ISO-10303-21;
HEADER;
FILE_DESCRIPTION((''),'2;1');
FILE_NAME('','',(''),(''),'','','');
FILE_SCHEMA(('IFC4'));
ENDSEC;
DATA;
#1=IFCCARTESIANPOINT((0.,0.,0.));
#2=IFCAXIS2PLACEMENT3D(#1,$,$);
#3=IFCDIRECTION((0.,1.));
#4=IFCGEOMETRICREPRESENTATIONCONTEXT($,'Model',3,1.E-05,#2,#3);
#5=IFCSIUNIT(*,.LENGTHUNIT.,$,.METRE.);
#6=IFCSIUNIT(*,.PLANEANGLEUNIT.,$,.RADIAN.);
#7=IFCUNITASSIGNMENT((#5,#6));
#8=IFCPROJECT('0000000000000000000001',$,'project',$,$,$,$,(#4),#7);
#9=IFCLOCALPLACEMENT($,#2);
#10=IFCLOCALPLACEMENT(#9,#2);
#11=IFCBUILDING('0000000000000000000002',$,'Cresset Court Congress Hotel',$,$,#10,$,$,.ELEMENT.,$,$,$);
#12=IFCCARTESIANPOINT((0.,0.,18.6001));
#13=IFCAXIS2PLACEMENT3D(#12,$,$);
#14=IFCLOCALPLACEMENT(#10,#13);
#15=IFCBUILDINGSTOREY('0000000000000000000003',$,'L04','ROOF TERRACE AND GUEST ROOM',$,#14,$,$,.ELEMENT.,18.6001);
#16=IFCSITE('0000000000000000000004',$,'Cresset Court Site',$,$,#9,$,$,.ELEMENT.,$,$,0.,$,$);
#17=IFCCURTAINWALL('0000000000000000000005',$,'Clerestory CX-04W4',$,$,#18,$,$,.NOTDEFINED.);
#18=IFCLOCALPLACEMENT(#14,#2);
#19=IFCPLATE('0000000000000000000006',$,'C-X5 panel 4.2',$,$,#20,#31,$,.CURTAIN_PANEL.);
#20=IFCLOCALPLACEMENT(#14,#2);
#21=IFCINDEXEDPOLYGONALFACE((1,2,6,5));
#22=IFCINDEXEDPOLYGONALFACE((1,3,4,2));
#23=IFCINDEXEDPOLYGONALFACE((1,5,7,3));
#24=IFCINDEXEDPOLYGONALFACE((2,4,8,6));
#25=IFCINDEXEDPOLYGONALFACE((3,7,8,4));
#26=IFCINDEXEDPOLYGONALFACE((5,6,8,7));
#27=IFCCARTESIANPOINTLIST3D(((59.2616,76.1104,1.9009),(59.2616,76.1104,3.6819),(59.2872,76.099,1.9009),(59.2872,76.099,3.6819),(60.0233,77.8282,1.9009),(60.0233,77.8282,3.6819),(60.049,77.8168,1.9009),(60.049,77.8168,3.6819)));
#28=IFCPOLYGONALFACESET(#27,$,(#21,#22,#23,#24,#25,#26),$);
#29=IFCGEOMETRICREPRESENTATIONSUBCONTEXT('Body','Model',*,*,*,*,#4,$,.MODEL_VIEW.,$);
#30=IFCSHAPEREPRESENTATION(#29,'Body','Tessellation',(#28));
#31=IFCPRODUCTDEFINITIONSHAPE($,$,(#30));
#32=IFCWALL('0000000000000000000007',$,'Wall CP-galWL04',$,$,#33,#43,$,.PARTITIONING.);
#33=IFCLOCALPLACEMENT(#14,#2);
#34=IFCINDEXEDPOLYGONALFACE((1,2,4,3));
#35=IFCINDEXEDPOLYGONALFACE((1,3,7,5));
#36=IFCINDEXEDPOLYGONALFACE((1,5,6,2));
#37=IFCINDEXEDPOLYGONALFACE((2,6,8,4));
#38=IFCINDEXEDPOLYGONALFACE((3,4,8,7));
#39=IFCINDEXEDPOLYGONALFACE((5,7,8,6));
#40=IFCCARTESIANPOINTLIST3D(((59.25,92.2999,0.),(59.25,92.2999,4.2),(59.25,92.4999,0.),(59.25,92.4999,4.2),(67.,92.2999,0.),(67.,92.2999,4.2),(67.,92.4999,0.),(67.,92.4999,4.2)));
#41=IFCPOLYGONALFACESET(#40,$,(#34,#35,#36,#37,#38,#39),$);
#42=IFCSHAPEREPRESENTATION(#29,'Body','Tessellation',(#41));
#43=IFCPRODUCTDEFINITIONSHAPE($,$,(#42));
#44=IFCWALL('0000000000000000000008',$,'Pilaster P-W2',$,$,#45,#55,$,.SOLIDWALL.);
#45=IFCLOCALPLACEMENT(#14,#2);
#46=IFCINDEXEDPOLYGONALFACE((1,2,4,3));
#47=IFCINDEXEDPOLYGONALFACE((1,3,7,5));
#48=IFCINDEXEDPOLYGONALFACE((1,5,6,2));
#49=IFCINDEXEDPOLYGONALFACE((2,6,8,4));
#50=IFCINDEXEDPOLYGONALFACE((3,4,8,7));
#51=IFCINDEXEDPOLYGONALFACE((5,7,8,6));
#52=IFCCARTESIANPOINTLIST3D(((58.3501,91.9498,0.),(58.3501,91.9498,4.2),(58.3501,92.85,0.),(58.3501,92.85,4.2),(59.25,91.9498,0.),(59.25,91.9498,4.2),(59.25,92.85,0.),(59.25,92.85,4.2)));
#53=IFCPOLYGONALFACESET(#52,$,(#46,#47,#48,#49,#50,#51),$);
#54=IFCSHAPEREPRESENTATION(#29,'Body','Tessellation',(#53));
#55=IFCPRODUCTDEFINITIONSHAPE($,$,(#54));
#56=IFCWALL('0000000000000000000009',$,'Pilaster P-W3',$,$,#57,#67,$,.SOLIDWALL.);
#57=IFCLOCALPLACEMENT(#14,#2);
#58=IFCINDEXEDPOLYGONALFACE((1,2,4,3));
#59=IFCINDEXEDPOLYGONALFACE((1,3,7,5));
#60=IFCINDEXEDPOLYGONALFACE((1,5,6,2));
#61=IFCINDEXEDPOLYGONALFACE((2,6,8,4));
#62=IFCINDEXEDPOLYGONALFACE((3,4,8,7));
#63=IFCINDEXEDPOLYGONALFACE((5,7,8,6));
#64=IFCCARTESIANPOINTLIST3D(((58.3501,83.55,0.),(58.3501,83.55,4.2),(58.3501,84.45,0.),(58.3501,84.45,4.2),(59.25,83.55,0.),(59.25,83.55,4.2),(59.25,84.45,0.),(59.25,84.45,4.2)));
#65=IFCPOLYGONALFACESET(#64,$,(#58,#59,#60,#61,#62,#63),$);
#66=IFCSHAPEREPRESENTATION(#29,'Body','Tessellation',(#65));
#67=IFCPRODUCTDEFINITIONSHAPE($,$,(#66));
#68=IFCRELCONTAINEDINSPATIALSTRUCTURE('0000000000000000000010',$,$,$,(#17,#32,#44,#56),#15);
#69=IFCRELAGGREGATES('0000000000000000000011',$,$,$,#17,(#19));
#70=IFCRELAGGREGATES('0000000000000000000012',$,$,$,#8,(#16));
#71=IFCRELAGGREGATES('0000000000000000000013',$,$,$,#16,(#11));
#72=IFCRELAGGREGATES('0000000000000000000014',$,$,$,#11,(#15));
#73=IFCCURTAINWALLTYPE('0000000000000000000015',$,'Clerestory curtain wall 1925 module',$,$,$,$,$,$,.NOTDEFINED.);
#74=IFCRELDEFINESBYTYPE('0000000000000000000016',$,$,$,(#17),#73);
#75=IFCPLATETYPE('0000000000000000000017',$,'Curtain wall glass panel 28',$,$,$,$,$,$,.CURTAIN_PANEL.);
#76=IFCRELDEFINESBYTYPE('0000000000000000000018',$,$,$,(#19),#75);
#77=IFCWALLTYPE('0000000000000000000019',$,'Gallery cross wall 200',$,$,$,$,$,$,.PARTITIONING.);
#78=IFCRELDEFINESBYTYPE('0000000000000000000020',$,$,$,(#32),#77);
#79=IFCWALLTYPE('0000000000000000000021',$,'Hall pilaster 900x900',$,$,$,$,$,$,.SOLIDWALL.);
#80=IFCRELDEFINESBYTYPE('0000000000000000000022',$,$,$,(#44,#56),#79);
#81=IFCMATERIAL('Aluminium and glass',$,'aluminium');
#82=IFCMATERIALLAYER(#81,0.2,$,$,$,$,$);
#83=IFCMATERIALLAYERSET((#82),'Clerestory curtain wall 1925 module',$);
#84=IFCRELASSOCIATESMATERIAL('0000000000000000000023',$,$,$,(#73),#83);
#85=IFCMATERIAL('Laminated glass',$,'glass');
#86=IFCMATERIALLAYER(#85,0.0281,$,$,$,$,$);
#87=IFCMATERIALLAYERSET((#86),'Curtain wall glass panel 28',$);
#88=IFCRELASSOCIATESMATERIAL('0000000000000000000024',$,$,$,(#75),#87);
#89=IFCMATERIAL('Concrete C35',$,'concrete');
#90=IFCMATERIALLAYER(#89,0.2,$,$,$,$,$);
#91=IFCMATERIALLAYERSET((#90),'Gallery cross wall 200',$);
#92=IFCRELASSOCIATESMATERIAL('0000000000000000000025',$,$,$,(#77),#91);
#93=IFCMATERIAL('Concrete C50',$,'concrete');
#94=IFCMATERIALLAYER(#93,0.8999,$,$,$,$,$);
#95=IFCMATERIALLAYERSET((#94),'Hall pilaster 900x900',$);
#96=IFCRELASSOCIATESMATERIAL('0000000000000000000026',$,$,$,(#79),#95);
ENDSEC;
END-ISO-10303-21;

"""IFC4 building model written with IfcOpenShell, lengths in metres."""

from ifc_helpers import new_model, si_unit, direction, frame, frame_2d, origin, origin_2d, place, context, subcontext, project, spatial, rectangle, extrude, material, layer, layer_set, type_object, element, aggregate, save


model = new_model("IFC4")

# Units and contexts
model_context = context("Model", 3, precision=1e-05, world=origin(), true_north=direction((0.0, 1.0)))
body_context = subcontext(model_context, "Body", "Model", "MODEL_VIEW")
ifc_project = project(units=[si_unit("LENGTHUNIT", "METRE"), si_unit("PLANEANGLEUNIT", "RADIAN")], contexts=[model_context])

# Site, building, storey
site_placement = place(None, origin())
site = spatial("IfcSite", under=ifc_project, at=site_placement, Name="Cresset Court Site", CompositionType="ELEMENT", RefElevation=0.0)
building_placement = place(site_placement, origin())
building = spatial("IfcBuilding", under=site, at=building_placement, Name="Cresset Court Congress Hotel", CompositionType="ELEMENT")
storey_placement = place(building_placement, frame((0.0, 0.0, 18.6001)))
storey = spatial("IfcBuildingStorey", under=building, at=storey_placement, Name="L04", Description="ROOF TERRACE AND GUEST ROOM", CompositionType="ELEMENT", Elevation=18.6001)

# Shared definitions
ifc_material_1 = material(Name="Aluminium and glass", Category="aluminium")
ifc_layer_1 = layer(ifc_material_1, 0.2)
ifc_layer_set_1 = layer_set([ifc_layer_1], Name="Clerestory curtain wall 1925 module")
curtain_wall_type = type_object("IfcCurtainWallType", Name="Clerestory curtain wall 1925 module", PredefinedType="NOTDEFINED", material=ifc_layer_set_1)

# Curtain wall
curtain_wall_1_placement = place(storey_placement, origin())
curtain_wall_1 = element("IfcCurtainWall", 1, at=curtain_wall_1_placement, inside=storey, type_object=curtain_wall_type, Name="Clerestory CX-04W4", PredefinedType="NOTDEFINED")

# Plate
ifc_material_2 = material(Name="Laminated glass", Category="glass")
ifc_layer_2 = layer(ifc_material_2, 0.0281)
ifc_layer_set_2 = layer_set([ifc_layer_2], Name="Curtain wall glass panel 28")
plate_type = type_object("IfcPlateType", Name="Curtain wall glass panel 28", PredefinedType="CURTAIN_PANEL", material=ifc_layer_set_2)
plate_1_placement = place(storey_placement, frame((59.6553, 76.9636, 1.9009), z_axis=(0.0, 0.0, 1.0), x_axis=(-0.405381, -0.914148, 0.0)))
plate_1 = element("IfcPlate", 2, at=plate_1_placement, type_object=plate_type, Name="C-X5 panel 4.2", PredefinedType="CURTAIN_PANEL", context=body_context, shape_type="SweptSolid", body=[
    extrude(rectangle(XDim=1.8792, YDim=0.0281, at=origin_2d()), origin(), (0.0, 0.0, 1.0), 1.781),
])
aggregate(curtain_wall_1, [plate_1])

# Walls
ifc_material_3 = material(Name="Concrete C35", Category="concrete")
ifc_layer_3 = layer(ifc_material_3, 0.2)
ifc_layer_set_3 = layer_set([ifc_layer_3], Name="Gallery cross wall 200")
wall_type_1 = type_object("IfcWallType", Name="Gallery cross wall 200", PredefinedType="PARTITIONING", material=ifc_layer_set_3)
wall_1_placement = place(storey_placement, frame((59.25, 92.3999, 0.0), z_axis=(0.0, 0.0, 1.0), x_axis=(1.0, 0.0, 0.0)))
element("IfcWall", 3, at=wall_1_placement, inside=storey, type_object=wall_type_1, Name="Wall CP-galWL04", PredefinedType="PARTITIONING", context=body_context, shape_type="SweptSolid", body=[
    extrude(rectangle(XDim=7.75, YDim=0.2, at=frame_2d((3.875, 0.0))), origin(), (0.0, 0.0, 1.0), 4.2),
])
ifc_material_4 = material(Name="Concrete C50", Category="concrete")
ifc_layer_4 = layer(ifc_material_4, 0.8999)
ifc_layer_set_4 = layer_set([ifc_layer_4], Name="Hall pilaster 900x900")
wall_type_2 = type_object("IfcWallType", Name="Hall pilaster 900x900", PredefinedType="SOLIDWALL", material=ifc_layer_set_4)
wall_2_placement = place(storey_placement, frame((58.8, 92.8501, 0.0), z_axis=(0.0, 0.0, 1.0), x_axis=(0.0, -1.0, 0.0)))
element("IfcWall", 4, at=wall_2_placement, inside=storey, type_object=wall_type_2, Name="Pilaster P-W2", PredefinedType="SOLIDWALL", context=body_context, shape_type="SweptSolid", body=[
    extrude(rectangle(XDim=0.9001, YDim=0.8999, at=frame_2d((0.4502, 0.0))), origin(), (0.0, 0.0, 1.0), 4.2),
])
wall_3_placement = place(storey_placement, frame((58.8, 84.45, 0.0), z_axis=(0.0, 0.0, 1.0), x_axis=(0.0, -1.0, 0.0)))
element("IfcWall", 5, at=wall_3_placement, inside=storey, type_object=wall_type_2, Name="Pilaster P-W3", PredefinedType="SOLIDWALL", context=body_context, shape_type="SweptSolid", body=[
    extrude(rectangle(XDim=0.8999, YDim=0.8999, at=frame_2d((0.45, 0.0))), origin(), (0.0, 0.0, 1.0), 4.2),
])

save(model, "model.ifc")
